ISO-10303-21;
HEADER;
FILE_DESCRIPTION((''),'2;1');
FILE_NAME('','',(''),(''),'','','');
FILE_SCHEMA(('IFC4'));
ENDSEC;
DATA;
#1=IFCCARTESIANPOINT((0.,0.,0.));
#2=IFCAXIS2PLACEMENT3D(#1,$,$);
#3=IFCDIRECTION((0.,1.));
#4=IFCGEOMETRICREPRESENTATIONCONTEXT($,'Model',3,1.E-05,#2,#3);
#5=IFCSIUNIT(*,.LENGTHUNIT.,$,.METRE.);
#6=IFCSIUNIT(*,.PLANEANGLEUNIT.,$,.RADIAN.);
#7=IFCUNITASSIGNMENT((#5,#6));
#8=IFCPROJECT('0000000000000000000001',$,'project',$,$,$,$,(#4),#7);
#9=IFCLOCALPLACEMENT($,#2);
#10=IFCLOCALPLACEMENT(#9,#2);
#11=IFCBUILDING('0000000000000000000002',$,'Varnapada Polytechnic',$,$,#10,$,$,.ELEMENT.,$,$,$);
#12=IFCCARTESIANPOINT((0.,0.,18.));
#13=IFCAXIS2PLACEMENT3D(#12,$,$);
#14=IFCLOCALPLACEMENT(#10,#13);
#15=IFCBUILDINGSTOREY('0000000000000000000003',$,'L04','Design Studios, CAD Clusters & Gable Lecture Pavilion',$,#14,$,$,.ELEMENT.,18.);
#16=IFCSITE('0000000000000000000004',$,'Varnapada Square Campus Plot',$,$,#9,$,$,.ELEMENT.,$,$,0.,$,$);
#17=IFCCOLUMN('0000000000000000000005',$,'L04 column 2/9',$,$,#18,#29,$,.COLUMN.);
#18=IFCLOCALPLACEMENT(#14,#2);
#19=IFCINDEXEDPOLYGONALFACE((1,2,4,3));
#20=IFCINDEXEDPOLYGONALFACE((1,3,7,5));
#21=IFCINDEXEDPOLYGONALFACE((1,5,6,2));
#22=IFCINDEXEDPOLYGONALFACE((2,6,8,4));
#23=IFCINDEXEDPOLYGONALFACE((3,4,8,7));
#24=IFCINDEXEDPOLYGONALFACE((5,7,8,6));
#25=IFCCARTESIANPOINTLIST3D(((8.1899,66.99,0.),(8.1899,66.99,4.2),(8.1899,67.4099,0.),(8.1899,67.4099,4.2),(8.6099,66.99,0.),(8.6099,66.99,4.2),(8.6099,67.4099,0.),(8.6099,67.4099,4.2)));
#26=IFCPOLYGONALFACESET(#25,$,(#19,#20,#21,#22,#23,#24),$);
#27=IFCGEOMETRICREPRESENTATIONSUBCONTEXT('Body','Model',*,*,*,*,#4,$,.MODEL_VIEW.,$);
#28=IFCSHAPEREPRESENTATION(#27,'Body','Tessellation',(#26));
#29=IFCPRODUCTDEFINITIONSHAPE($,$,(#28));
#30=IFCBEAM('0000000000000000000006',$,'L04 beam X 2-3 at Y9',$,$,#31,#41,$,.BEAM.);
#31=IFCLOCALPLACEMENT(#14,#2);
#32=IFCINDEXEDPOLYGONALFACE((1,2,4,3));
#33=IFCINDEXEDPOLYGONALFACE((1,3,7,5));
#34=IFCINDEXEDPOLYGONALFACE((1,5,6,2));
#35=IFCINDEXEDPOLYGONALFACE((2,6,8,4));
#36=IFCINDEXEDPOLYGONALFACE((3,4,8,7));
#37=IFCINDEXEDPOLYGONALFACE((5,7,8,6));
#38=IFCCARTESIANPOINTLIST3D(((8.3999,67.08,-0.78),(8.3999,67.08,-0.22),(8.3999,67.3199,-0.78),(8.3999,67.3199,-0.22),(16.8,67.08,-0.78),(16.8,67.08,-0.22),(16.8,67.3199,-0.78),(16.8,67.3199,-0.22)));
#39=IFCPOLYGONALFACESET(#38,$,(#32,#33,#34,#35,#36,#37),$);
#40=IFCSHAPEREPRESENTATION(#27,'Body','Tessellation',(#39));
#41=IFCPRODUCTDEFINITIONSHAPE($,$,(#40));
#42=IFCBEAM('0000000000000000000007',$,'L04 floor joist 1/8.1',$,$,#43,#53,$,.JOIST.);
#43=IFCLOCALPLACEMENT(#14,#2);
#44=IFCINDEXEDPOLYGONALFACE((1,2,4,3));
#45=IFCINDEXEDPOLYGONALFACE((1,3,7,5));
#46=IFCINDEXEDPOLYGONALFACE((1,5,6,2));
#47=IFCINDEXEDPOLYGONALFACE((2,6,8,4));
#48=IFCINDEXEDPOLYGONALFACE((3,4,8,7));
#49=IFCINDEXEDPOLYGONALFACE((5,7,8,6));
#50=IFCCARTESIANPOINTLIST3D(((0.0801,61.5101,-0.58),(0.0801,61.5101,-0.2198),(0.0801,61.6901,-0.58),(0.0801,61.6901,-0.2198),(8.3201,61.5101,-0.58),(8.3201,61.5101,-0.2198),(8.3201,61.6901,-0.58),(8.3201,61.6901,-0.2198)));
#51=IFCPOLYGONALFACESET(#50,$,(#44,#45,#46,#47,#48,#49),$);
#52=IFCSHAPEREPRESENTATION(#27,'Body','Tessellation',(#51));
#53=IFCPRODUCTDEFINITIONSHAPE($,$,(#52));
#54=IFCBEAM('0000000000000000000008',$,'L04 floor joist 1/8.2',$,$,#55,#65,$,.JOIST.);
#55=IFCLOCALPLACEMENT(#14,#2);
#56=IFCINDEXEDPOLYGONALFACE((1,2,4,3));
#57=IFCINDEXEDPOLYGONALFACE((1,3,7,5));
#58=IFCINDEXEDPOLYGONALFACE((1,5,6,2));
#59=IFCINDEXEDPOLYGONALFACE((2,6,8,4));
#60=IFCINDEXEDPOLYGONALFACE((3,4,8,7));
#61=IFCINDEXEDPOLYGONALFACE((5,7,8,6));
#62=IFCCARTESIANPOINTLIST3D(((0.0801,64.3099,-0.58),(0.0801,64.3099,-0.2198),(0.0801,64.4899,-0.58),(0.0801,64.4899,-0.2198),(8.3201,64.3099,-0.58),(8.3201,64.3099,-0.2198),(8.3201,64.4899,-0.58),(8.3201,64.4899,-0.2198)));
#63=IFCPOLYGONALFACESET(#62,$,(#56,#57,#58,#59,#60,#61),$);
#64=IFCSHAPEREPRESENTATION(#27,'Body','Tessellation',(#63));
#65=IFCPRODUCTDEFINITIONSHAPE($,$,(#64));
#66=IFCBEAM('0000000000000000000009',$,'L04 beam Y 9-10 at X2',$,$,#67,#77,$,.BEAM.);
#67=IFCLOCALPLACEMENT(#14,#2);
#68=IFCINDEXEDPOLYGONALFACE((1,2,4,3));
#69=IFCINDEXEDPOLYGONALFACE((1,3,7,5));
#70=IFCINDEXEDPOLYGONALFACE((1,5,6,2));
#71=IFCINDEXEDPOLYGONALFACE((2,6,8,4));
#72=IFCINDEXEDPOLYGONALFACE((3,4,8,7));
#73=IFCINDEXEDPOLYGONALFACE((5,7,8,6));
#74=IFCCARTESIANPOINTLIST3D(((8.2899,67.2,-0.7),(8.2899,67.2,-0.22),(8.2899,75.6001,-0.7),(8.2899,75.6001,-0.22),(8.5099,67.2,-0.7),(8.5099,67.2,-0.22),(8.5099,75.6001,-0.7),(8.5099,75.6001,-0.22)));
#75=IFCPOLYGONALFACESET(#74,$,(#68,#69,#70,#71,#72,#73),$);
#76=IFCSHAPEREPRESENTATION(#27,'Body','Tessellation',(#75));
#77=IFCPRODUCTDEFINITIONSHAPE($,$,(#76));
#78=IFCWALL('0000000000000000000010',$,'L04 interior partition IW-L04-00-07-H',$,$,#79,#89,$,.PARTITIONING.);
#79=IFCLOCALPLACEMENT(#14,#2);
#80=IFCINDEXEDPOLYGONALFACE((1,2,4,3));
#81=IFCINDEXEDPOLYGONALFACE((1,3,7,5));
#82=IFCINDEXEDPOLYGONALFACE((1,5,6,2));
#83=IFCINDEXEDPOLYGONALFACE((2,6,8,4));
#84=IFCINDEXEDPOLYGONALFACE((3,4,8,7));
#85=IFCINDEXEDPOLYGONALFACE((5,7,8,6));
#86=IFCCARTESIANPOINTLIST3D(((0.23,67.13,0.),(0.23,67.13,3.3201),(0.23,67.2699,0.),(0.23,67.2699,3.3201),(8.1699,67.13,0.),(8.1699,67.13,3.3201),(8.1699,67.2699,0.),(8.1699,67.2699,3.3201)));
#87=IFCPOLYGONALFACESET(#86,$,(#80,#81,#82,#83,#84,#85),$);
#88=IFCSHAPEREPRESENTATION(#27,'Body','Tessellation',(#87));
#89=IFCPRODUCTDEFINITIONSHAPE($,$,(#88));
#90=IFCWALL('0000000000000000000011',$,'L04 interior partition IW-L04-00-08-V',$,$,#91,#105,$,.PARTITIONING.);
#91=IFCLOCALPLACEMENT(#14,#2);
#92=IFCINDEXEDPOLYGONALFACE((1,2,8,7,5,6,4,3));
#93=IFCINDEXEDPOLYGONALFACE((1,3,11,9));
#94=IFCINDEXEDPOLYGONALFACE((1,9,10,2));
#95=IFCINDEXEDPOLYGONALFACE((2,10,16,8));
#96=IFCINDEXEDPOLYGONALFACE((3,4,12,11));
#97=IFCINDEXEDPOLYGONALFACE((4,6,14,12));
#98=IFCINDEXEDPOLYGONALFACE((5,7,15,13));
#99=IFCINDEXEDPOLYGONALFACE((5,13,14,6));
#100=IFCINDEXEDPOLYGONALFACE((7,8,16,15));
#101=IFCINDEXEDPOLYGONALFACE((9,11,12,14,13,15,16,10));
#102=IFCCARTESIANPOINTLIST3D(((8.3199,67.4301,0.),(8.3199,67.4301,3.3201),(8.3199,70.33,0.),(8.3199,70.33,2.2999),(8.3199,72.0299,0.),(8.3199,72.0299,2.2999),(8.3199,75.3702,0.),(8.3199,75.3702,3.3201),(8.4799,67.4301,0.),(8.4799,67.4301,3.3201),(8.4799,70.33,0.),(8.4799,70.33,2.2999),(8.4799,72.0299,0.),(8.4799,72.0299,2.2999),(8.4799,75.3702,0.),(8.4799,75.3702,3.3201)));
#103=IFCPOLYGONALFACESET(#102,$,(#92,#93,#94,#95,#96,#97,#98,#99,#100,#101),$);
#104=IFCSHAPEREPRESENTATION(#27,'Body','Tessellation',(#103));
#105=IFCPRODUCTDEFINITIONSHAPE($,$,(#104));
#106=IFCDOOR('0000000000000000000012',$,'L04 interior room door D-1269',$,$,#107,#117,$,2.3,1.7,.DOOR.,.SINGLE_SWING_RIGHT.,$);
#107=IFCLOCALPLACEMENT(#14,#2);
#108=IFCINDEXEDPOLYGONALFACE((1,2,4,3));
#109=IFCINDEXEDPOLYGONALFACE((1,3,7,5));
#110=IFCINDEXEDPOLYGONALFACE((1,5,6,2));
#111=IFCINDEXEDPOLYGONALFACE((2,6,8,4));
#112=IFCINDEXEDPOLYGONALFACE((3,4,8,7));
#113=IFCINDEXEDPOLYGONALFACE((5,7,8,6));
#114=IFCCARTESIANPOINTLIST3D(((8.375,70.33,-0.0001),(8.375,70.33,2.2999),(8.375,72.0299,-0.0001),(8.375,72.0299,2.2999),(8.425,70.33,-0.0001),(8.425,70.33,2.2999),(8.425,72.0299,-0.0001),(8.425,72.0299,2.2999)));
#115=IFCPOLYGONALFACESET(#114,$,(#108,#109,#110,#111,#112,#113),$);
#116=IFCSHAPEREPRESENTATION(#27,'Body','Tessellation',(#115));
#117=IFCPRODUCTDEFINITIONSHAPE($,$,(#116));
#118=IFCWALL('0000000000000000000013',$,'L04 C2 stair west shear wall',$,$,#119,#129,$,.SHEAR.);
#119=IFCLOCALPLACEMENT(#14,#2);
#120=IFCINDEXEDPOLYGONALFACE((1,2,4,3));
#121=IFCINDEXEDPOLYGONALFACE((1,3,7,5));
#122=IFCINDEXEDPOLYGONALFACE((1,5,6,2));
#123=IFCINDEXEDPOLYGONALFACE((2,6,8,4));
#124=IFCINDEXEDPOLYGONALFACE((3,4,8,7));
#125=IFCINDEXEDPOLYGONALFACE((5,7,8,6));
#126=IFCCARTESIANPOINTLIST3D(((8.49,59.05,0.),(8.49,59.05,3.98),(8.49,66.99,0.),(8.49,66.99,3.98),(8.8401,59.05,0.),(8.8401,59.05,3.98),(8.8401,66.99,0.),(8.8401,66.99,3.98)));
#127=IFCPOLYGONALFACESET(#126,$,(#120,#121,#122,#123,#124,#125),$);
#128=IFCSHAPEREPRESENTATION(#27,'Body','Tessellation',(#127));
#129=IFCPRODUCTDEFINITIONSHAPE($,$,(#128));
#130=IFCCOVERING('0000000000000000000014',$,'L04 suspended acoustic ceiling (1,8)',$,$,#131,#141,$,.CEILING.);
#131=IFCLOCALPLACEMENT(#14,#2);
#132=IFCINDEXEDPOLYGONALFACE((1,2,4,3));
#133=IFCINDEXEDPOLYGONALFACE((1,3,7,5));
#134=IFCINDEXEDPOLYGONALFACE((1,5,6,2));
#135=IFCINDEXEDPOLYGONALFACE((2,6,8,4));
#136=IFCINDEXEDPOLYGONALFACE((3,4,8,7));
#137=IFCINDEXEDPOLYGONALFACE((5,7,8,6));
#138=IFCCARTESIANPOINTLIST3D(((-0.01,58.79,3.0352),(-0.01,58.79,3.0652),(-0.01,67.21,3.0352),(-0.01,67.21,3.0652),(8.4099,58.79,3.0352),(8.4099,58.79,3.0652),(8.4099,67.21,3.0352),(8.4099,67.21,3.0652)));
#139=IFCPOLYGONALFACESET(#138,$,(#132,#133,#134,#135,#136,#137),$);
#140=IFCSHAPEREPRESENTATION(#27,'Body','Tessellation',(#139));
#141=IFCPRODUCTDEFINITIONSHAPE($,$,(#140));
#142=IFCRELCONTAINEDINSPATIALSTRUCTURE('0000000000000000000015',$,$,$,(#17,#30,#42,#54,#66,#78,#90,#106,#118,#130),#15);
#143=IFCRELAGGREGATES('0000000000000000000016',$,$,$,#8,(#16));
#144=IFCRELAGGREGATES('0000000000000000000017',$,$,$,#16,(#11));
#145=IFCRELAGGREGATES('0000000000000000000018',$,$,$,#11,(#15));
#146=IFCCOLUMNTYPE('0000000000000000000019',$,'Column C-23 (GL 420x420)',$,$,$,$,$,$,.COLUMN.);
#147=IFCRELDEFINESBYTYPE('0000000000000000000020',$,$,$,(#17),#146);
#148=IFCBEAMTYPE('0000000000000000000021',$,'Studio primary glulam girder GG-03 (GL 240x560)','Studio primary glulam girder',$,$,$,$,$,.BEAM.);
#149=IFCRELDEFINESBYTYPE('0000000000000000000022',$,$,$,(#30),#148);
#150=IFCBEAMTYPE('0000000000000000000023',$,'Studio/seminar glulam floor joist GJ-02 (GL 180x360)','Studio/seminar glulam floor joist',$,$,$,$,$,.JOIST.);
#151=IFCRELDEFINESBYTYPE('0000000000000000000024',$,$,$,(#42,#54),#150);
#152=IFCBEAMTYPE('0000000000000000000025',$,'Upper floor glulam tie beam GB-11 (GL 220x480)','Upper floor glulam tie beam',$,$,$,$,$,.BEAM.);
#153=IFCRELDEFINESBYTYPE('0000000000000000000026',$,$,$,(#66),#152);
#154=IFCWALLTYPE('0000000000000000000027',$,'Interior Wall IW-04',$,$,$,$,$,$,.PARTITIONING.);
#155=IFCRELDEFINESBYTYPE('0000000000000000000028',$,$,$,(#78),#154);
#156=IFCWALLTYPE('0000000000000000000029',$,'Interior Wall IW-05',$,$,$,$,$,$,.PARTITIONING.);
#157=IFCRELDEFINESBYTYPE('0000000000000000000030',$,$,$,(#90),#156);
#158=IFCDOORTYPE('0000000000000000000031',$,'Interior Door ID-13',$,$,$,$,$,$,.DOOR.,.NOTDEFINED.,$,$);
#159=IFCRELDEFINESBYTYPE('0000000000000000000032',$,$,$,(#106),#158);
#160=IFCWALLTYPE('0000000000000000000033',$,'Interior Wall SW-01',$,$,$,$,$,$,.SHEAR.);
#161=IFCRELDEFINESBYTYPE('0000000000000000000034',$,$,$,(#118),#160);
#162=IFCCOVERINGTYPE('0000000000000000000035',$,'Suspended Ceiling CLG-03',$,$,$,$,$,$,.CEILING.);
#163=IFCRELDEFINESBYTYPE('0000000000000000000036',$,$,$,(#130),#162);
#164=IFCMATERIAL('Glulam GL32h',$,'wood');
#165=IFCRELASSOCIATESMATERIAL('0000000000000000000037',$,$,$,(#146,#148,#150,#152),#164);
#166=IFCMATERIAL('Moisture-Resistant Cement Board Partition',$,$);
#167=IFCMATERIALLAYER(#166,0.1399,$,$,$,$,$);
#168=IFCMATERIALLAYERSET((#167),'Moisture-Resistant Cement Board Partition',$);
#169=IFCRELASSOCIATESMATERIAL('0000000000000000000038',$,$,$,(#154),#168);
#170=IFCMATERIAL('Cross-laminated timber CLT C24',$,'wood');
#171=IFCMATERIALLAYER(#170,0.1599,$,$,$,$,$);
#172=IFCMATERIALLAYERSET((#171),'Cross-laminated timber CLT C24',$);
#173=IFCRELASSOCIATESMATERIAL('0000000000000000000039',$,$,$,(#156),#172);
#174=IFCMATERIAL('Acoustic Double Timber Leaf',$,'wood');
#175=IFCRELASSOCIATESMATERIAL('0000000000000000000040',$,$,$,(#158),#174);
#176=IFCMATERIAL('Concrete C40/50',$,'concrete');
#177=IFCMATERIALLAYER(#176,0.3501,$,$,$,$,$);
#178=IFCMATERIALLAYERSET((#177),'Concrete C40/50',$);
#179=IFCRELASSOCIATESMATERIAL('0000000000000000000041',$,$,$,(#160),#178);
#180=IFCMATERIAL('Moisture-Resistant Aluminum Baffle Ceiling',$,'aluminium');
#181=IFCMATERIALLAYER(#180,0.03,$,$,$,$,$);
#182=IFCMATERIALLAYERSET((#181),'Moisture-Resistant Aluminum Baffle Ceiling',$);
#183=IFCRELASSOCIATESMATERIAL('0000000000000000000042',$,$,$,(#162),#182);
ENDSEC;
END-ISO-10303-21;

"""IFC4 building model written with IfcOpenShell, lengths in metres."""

from ifc_helpers import new_model, si_unit, direction, frame, frame_2d, origin, origin_2d, place, context, subcontext, project, spatial, rectangle, extrude, material, layer, layer_set, material_profile, profile_set, type_object, element, fill, save


model = new_model("IFC4")

# Units and contexts
model_context = context("Model", 3, precision=1e-05, world=origin(), true_north=direction((0.0, 1.0)))
body_context = subcontext(model_context, "Body", "Model", "MODEL_VIEW")
ifc_project = project(units=[si_unit("LENGTHUNIT", "METRE"), si_unit("PLANEANGLEUNIT", "RADIAN")], contexts=[model_context])

# Site, building, storey
site_placement = place(None, origin())
site = spatial("IfcSite", under=ifc_project, at=site_placement, Name="Varnapada Square Campus Plot", CompositionType="ELEMENT", RefElevation=0.0)
building_placement = place(site_placement, origin())
building = spatial("IfcBuilding", under=site, at=building_placement, Name="Varnapada Polytechnic", CompositionType="ELEMENT")
storey_placement = place(building_placement, frame((0.0, 0.0, 18.0)))
storey = spatial("IfcBuildingStorey", under=building, at=storey_placement, Name="L04", Description="Design Studios, CAD Clusters & Gable Lecture Pavilion", CompositionType="ELEMENT", Elevation=18.0)

# Column
ifc_material_1 = material(Name="Glulam GL32h", Category="wood")
ifc_material_profile_1 = material_profile(ifc_material_1, rectangle(XDim=0.4199, YDim=0.4199, at=origin_2d()), Name="GL 420x420")
ifc_profile_set_1 = profile_set([ifc_material_profile_1], Name="Glulam GL32h")
column_type = type_object("IfcColumnType", Name="Column C-23 (GL 420x420)", PredefinedType="COLUMN", material=ifc_profile_set_1)
column_placement = place(storey_placement, frame((8.3999, 67.2, 0.0), z_axis=(0.0, 0.0, 1.0), x_axis=(1.0, 0.0, 0.0)))
element("IfcColumn", 1, at=column_placement, inside=storey, type_object=column_type, Name="L04 column 2/9", PredefinedType="COLUMN", context=body_context, shape_type="SweptSolid", body=[
    extrude(rectangle(XDim=0.4199, YDim=0.4199, at=origin_2d()), origin(), (0.0, 0.0, 1.0), 4.2),
])

# Beams
ifc_material_profile_2 = material_profile(ifc_material_1, rectangle(XDim=0.24, YDim=0.5601, at=origin_2d()), Name="GL 240x560")
ifc_profile_set_2 = profile_set([ifc_material_profile_2], Name="Glulam GL32h")
beam_type_1 = type_object("IfcBeamType", Name="Studio primary glulam girder GG-03 (GL 240x560)", Description="Studio primary glulam girder", PredefinedType="BEAM", material=ifc_profile_set_2)
beam_1_placement = place(storey_placement, frame((8.3999, 67.2, -0.5), z_axis=(1.0, 0.0, 0.0), x_axis=(0.0, 1.0, 0.0)))
element("IfcBeam", 2, at=beam_1_placement, inside=storey, type_object=beam_type_1, Name="L04 beam X 2-3 at Y9", PredefinedType="BEAM", context=body_context, shape_type="SweptSolid", body=[
    extrude(rectangle(XDim=0.24, YDim=0.5601, at=origin_2d()), origin(), (0.0, 0.0, 1.0), 8.4001),
])
ifc_material_profile_3 = material_profile(ifc_material_1, rectangle(XDim=0.1799, YDim=0.3601, at=origin_2d()), Name="GL 180x360")
ifc_profile_set_3 = profile_set([ifc_material_profile_3], Name="Glulam GL32h")
beam_type_2 = type_object("IfcBeamType", Name="Studio/seminar glulam floor joist GJ-02 (GL 180x360)", Description="Studio/seminar glulam floor joist", PredefinedType="JOIST", material=ifc_profile_set_3)
for number, where, z_axis, x_axis, name in (
    (3, (0.0801, 61.6001, -0.3999), (1.0, 0.0, 0.0), (0.0, 1.0, 0.0), "L04 floor joist 1/8.1"),
    (4, (0.0801, 64.3999, -0.3999), (1.0, 0.0, 0.0), (0.0, 1.0, 0.0), "L04 floor joist 1/8.2"),
):
    element("IfcBeam", number, at=place(storey_placement, frame(where, z_axis=z_axis, x_axis=x_axis)), inside=storey, type_object=beam_type_2, Name=name, PredefinedType="JOIST", context=body_context, shape_type="SweptSolid", body=[
        extrude(rectangle(XDim=0.1799, YDim=0.3601, at=origin_2d()), origin(), (0.0, 0.0, 1.0), 8.24),
    ])
ifc_material_profile_4 = material_profile(ifc_material_1, rectangle(XDim=0.22, YDim=0.48, at=origin_2d()), Name="GL 220x480")
ifc_profile_set_4 = profile_set([ifc_material_profile_4], Name="Glulam GL32h")
beam_type_3 = type_object("IfcBeamType", Name="Upper floor glulam tie beam GB-11 (GL 220x480)", Description="Upper floor glulam tie beam", PredefinedType="BEAM", material=ifc_profile_set_4)
beam_2_placement = place(storey_placement, frame((8.3999, 67.2, -0.46), z_axis=(0.0, 1.0, 0.0), x_axis=(-1.0, 0.0, 0.0)))
element("IfcBeam", 5, at=beam_2_placement, inside=storey, type_object=beam_type_3, Name="L04 beam Y 9-10 at X2", PredefinedType="BEAM", context=body_context, shape_type="SweptSolid", body=[
    extrude(rectangle(XDim=0.22, YDim=0.48, at=origin_2d()), origin(), (0.0, 0.0, 1.0), 8.4001),
])

# Wall
ifc_material_2 = material(Name="Moisture-Resistant Cement Board Partition")
ifc_layer_1 = layer(ifc_material_2, 0.1399)
ifc_layer_set_1 = layer_set([ifc_layer_1], Name="Moisture-Resistant Cement Board Partition")
wall_type_1 = type_object("IfcWallType", Name="Interior Wall IW-04", PredefinedType="PARTITIONING", material=ifc_layer_set_1)
wall_1_placement = place(storey_placement, frame((0.23, 67.2, 0.0), z_axis=(0.0, 0.0, 1.0), x_axis=(1.0, 0.0, 0.0)))
element("IfcWall", 6, at=wall_1_placement, inside=storey, type_object=wall_type_1, Name="L04 interior partition IW-L04-00-07-H", PredefinedType="PARTITIONING", context=body_context, shape_type="SweptSolid", body=[
    extrude(rectangle(XDim=7.9399, YDim=0.1399, at=frame_2d((3.97, 0.0))), origin(), (0.0, 0.0, 1.0), 3.3201),
])

# Wall, opening, door
ifc_material_3 = material(Name="Cross-laminated timber CLT C24", Category="wood")
ifc_layer_2 = layer(ifc_material_3, 0.1599)
ifc_layer_set_2 = layer_set([ifc_layer_2], Name="Cross-laminated timber CLT C24")
wall_type_2 = type_object("IfcWallType", Name="Interior Wall IW-05", PredefinedType="PARTITIONING", material=ifc_layer_set_2)
wall_2_placement = place(storey_placement, frame((8.3999, 67.4299, 0.0), z_axis=(0.0, 0.0, 1.0), x_axis=(0.0, 1.0, 0.0)))
wall_2 = element("IfcWall", 7, at=wall_2_placement, inside=storey, type_object=wall_type_2, Name="L04 interior partition IW-L04-00-08-V", PredefinedType="PARTITIONING", context=body_context, shape_type="SweptSolid", body=[
    extrude(rectangle(XDim=7.9402, YDim=0.1599, at=frame_2d((3.9702, 0.0))), origin(), (0.0, 0.0, 1.0), 3.3201),
])
opening_placement = place(wall_2_placement, frame((2.8999, 0.0, 0.0)))
opening = element("IfcOpeningElement", 8, at=opening_placement, cuts=wall_2, PredefinedType="OPENING", context=body_context, shape_type="SweptSolid", body=[
    extrude(rectangle(XDim=1.7, YDim=2.3, at=frame_2d((0.8501, 1.1499))), frame((0.0, 0.0898, 0.0), z_axis=(0.0, -1.0, 0.0), x_axis=(1.0, 0.0, 0.0)), (0.0, 0.0, 1.0), 0.1799),
])
ifc_material_4 = material(Name="Acoustic Double Timber Leaf", Category="wood")
door_type = type_object("IfcDoorType", Name="Interior Door ID-13", OperationType="NOTDEFINED", PredefinedType="DOOR", material=ifc_material_4)
door_placement = place(opening_placement, origin())
door = element("IfcDoor", 9, at=door_placement, inside=storey, type_object=door_type, Name="L04 interior room door D-1269", OperationType="SINGLE_SWING_RIGHT", OverallHeight=2.3, OverallWidth=1.7, PredefinedType="DOOR", context=body_context, shape_type="SweptSolid", body=[
    extrude(rectangle(XDim=1.7, YDim=2.3, at=frame_2d((0.8501, 1.1499))), frame((0.0, 0.0249, 0.0), z_axis=(0.0, -1.0, 0.0), x_axis=(1.0, 0.0, 0.0)), (0.0, 0.0, 1.0), 0.05),
])
fill(opening, door)

# Wall
ifc_material_5 = material(Name="Concrete C40/50", Category="concrete")
ifc_layer_3 = layer(ifc_material_5, 0.3501)
ifc_layer_set_3 = layer_set([ifc_layer_3], Name="Concrete C40/50")
wall_type_3 = type_object("IfcWallType", Name="Interior Wall SW-01", PredefinedType="SHEAR", material=ifc_layer_set_3)
wall_3_placement = place(storey_placement, frame((8.665, 59.05, 0.0), z_axis=(0.0, 0.0, 1.0), x_axis=(0.0, 1.0, 0.0)))
element("IfcWall", 10, at=wall_3_placement, inside=storey, type_object=wall_type_3, Name="L04 C2 stair west shear wall", PredefinedType="SHEAR", context=body_context, shape_type="SweptSolid", body=[
    extrude(rectangle(XDim=7.9399, YDim=0.3501, at=frame_2d((3.97, 0.0))), origin(), (0.0, 0.0, 1.0), 3.98),
])

# Covering
ifc_material_6 = material(Name="Moisture-Resistant Aluminum Baffle Ceiling", Category="aluminium")
ifc_layer_4 = layer(ifc_material_6, 0.03)
ifc_layer_set_4 = layer_set([ifc_layer_4], Name="Moisture-Resistant Aluminum Baffle Ceiling")
covering_type = type_object("IfcCoveringType", Name="Suspended Ceiling CLG-03", PredefinedType="CEILING", material=ifc_layer_set_4)
covering_placement = place(storey_placement, frame((4.2, 63.0, 3.0352), z_axis=(0.0, 0.0, 1.0), x_axis=(1.0, 0.0, 0.0)))
element("IfcCovering", 11, at=covering_placement, inside=storey, type_object=covering_type, Name="L04 suspended acoustic ceiling (1,8)", PredefinedType="CEILING", context=body_context, shape_type="SweptSolid", body=[
    extrude(rectangle(XDim=8.4199, YDim=8.4199, at=origin_2d()), origin(), (0.0, 0.0, 1.0), 0.03),
])

save(model, "model.ifc")
